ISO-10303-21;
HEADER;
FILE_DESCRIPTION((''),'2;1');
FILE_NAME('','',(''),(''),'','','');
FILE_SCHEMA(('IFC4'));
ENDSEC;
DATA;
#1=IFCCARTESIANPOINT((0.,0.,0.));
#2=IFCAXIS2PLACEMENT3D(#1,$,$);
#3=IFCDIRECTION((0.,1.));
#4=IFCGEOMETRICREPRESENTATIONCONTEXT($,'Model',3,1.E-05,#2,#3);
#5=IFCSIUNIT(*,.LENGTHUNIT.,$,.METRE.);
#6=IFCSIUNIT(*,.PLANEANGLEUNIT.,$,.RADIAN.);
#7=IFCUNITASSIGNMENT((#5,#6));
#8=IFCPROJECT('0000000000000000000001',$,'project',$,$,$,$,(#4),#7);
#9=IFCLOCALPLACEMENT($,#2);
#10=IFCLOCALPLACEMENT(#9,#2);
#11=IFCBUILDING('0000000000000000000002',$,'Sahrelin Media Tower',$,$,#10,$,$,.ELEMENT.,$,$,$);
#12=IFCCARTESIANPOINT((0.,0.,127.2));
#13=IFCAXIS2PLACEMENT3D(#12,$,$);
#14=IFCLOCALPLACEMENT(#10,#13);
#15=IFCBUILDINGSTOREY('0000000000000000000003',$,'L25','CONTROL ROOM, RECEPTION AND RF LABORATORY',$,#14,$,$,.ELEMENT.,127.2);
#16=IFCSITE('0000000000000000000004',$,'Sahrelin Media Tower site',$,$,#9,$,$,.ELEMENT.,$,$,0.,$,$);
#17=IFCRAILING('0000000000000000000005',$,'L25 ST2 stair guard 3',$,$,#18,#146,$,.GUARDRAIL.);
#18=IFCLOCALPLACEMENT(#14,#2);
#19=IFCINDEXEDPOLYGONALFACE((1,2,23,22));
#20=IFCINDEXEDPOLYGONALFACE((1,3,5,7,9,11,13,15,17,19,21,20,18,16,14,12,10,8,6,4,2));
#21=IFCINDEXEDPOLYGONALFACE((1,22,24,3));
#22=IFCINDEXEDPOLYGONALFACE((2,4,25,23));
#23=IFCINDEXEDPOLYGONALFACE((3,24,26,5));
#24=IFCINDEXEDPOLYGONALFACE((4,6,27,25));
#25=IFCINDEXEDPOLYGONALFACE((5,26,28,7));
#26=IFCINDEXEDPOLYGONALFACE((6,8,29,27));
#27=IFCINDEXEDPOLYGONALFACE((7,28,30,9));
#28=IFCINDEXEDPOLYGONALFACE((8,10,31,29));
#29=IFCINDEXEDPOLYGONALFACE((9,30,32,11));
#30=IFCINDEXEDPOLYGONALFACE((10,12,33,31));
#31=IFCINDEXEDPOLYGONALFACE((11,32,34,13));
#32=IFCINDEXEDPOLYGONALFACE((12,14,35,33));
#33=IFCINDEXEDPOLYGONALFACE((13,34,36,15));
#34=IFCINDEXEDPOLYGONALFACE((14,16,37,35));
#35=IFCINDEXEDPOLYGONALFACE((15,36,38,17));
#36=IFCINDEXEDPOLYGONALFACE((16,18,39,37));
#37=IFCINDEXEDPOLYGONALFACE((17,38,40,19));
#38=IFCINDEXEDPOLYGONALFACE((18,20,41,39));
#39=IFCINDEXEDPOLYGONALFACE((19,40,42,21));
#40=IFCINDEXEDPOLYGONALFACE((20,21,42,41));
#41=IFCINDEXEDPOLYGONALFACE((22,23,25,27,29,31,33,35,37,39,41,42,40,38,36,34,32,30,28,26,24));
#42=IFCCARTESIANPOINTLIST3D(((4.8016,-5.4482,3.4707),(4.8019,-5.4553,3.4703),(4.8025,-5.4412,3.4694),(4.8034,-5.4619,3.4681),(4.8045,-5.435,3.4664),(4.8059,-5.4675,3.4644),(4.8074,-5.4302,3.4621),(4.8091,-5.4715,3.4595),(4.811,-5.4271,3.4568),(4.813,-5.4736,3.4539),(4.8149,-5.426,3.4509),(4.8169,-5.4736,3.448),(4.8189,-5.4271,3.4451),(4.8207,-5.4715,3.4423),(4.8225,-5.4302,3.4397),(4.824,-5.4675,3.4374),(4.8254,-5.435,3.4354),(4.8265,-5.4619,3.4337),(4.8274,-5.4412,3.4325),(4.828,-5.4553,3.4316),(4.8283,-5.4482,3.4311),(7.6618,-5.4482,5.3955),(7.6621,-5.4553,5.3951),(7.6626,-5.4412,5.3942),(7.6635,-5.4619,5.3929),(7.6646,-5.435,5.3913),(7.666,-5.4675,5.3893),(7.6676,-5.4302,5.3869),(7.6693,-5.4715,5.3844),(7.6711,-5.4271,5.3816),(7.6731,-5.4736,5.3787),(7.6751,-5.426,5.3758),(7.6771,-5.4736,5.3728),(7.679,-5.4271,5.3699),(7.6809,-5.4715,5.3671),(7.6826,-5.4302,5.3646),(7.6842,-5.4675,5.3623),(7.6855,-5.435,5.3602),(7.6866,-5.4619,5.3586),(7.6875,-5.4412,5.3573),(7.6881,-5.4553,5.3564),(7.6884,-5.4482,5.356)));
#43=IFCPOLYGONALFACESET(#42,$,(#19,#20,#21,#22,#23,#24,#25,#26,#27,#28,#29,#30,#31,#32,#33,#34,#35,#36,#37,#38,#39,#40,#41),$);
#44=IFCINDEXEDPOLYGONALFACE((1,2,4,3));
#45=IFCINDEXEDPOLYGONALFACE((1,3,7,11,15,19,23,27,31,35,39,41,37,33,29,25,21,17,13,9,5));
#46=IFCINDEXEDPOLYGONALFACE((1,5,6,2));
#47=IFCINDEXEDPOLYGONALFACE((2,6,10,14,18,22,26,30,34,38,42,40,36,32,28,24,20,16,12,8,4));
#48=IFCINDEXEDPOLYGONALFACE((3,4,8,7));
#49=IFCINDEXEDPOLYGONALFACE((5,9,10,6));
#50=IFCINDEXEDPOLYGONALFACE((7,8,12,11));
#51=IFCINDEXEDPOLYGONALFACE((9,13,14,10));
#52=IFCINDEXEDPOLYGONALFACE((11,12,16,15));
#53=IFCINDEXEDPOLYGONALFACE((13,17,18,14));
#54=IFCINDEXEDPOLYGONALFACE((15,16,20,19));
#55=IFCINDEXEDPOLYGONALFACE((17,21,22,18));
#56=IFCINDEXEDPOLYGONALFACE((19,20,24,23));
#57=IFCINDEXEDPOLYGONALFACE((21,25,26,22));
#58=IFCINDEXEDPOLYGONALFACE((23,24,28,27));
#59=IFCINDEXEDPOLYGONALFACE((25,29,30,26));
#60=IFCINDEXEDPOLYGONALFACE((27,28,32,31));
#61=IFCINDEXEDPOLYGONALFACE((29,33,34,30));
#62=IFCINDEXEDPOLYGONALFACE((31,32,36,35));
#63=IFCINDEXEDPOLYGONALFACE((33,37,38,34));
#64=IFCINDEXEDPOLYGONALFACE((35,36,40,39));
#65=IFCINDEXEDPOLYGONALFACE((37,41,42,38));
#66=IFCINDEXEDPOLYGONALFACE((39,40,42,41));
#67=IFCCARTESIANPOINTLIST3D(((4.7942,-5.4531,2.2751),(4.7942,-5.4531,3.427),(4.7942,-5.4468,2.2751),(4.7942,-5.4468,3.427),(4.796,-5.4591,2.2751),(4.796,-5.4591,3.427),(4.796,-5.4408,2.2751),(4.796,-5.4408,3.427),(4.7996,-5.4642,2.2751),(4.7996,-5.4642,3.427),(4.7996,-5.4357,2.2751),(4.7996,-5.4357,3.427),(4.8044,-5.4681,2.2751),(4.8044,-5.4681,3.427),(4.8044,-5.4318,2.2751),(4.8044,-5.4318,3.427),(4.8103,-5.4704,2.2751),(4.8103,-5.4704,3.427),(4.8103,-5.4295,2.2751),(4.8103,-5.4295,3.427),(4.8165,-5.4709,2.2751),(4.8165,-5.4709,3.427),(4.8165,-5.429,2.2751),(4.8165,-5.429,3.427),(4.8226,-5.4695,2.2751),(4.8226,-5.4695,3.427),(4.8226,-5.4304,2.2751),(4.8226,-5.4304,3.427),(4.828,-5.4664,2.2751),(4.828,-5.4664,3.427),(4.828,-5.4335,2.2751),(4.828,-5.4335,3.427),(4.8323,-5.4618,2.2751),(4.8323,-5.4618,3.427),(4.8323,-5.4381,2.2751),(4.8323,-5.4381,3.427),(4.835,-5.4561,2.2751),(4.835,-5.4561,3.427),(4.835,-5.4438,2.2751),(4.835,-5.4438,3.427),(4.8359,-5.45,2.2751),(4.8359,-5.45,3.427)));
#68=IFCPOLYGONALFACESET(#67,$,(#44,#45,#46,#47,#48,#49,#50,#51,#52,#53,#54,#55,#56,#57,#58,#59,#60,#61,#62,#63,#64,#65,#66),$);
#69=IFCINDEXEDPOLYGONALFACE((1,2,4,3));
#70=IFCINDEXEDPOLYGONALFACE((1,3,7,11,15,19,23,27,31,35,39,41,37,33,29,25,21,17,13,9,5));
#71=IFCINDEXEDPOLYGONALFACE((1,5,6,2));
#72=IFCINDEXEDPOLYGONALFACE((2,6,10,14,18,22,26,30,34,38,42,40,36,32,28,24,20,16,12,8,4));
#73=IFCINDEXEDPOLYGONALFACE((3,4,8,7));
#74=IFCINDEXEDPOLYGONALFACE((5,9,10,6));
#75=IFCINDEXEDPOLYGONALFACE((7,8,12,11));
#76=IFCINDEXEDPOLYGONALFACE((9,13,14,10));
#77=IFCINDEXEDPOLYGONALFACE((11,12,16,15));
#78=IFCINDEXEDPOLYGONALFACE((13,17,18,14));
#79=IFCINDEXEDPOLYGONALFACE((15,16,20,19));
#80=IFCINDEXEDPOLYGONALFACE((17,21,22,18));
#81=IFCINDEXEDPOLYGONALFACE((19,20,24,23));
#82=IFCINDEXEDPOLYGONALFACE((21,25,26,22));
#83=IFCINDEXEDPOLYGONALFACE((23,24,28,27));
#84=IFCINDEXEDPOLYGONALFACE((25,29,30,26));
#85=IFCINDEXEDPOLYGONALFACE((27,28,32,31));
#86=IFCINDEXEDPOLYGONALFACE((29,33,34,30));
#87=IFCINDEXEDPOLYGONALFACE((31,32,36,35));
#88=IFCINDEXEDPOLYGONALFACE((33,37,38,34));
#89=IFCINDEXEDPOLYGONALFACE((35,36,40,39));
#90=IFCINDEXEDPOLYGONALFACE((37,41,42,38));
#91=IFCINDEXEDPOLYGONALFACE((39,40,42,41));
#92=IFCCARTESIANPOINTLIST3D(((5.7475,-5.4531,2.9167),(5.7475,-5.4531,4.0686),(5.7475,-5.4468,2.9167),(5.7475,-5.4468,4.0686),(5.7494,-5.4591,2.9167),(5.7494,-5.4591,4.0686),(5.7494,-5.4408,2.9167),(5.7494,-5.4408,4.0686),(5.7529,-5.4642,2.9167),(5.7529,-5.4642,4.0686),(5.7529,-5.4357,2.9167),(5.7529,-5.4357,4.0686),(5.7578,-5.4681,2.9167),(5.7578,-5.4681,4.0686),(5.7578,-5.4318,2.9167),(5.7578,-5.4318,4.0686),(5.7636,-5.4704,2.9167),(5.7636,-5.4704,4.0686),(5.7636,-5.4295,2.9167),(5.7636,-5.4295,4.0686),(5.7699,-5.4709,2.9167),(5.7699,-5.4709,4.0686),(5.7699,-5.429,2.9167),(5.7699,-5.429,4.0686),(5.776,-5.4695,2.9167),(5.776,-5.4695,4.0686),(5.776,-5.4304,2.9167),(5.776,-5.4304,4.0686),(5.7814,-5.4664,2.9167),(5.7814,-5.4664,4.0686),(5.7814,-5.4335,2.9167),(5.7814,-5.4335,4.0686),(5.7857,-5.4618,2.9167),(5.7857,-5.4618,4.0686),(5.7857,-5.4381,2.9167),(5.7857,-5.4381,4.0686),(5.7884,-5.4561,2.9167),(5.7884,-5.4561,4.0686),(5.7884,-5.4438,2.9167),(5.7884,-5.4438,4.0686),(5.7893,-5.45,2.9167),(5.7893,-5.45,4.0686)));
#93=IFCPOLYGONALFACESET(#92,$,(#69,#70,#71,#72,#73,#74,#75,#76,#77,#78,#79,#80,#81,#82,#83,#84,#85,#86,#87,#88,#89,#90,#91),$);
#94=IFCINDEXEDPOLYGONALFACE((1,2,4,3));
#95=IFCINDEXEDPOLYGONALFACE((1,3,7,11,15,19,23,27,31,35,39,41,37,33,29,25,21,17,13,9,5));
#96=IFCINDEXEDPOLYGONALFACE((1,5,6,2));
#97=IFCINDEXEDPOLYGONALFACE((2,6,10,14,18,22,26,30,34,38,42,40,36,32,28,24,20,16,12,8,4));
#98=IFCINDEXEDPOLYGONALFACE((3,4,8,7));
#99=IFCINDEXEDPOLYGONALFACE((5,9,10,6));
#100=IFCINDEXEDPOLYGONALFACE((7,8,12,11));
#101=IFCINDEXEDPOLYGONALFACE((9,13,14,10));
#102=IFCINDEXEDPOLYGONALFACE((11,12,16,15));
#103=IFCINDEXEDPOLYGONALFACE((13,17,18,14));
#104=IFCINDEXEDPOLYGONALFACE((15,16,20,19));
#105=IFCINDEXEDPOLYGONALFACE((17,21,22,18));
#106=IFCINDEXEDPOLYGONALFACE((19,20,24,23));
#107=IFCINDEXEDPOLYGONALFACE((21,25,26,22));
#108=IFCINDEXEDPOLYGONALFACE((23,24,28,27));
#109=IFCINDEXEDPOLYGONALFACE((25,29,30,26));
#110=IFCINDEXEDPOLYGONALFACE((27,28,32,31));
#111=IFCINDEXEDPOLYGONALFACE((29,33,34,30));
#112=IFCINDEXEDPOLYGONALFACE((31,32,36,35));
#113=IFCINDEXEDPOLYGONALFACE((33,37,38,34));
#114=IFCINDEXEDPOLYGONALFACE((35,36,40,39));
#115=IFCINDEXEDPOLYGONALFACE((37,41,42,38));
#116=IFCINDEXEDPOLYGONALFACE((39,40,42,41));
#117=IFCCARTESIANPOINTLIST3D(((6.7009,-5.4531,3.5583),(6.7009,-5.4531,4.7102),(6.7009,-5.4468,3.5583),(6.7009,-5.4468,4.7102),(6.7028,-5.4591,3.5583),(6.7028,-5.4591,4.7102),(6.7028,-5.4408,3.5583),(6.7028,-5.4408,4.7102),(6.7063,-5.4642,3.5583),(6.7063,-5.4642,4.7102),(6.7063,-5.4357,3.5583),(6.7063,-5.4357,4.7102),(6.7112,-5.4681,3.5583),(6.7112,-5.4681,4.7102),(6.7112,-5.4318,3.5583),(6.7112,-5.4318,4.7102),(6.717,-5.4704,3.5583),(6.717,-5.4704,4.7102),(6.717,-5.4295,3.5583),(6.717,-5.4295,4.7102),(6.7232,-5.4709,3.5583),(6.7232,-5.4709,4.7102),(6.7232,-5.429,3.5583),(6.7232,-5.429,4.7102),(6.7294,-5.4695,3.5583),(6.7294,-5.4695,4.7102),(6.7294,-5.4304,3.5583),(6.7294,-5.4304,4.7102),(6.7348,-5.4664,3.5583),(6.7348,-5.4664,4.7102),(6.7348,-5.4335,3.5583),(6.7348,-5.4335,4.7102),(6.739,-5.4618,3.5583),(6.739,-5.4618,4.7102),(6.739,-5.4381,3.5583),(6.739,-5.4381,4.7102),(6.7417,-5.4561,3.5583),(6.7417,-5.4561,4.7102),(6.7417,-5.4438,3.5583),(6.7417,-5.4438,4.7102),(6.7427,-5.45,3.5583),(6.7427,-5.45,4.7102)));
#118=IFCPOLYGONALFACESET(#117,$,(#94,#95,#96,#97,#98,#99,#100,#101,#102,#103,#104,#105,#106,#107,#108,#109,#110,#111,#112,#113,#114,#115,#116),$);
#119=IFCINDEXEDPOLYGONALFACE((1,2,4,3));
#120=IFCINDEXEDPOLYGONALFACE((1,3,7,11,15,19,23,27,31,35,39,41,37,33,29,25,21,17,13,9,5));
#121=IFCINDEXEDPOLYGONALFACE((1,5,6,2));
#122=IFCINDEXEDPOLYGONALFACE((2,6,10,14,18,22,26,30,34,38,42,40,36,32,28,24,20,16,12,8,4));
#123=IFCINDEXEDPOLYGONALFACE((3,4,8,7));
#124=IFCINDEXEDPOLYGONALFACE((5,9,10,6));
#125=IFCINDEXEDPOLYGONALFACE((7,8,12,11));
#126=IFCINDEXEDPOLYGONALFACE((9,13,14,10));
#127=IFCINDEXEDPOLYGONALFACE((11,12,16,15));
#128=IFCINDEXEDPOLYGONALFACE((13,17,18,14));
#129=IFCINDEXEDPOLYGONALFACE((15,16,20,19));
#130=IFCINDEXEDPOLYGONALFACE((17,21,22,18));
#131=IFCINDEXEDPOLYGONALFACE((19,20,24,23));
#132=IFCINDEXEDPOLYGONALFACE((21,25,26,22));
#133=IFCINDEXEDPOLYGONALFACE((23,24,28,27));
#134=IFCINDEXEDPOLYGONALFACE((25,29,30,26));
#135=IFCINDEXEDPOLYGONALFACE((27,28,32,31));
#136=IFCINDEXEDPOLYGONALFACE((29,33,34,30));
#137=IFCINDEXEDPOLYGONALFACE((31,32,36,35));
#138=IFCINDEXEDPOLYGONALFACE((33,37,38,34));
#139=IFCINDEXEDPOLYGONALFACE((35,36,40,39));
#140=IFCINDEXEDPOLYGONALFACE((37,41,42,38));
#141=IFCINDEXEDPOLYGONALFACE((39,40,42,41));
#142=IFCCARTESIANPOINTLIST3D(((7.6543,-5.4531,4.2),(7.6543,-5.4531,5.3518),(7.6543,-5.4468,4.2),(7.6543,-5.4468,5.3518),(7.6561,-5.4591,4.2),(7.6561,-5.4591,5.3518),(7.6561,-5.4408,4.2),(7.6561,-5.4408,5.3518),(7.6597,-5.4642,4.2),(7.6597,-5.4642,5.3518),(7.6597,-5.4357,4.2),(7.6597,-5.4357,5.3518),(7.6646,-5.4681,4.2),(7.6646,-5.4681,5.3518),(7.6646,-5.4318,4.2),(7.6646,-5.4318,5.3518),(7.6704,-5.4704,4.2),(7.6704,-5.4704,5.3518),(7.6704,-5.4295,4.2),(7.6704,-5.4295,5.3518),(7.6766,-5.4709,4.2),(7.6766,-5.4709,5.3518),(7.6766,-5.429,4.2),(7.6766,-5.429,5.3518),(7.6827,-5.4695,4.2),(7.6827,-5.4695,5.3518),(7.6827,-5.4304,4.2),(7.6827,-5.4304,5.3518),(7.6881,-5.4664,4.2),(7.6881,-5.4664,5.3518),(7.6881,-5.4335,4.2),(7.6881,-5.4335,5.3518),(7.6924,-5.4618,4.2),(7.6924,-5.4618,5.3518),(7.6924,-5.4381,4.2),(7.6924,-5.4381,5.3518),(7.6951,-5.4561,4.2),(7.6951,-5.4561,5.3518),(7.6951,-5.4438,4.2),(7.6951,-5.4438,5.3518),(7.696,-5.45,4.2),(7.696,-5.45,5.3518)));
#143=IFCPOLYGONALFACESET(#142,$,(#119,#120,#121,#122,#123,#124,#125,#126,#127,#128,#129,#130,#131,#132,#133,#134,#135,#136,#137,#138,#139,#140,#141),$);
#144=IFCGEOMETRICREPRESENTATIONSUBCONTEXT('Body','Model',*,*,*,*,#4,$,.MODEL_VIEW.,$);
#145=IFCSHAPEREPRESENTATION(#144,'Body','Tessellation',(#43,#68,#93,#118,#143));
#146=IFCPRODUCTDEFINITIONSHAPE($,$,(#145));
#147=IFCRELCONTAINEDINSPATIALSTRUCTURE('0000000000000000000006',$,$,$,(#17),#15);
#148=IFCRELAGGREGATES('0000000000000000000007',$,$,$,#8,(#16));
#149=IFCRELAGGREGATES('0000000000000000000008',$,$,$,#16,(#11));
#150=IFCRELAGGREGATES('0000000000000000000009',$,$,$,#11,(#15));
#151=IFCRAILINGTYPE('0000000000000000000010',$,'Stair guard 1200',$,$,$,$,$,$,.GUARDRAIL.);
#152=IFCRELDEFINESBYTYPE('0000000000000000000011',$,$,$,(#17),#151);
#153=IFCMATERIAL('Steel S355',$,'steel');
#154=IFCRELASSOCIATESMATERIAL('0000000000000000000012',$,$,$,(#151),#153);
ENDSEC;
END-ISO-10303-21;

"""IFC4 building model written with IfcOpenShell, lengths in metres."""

from ifc_helpers import new_model, si_unit, direction, frame, origin, origin_2d, place, context, subcontext, project, spatial, circle, extrude, material, type_object, element, save


model = new_model("IFC4")

# Units and contexts
model_context = context("Model", 3, precision=1e-05, world=origin(), true_north=direction((0.0, 1.0)))
body_context = subcontext(model_context, "Body", "Model", "MODEL_VIEW")
ifc_project = project(units=[si_unit("LENGTHUNIT", "METRE"), si_unit("PLANEANGLEUNIT", "RADIAN")], contexts=[model_context])

# Site, building, storey
site_placement = place(None, origin())
site = spatial("IfcSite", under=ifc_project, at=site_placement, Name="Sahrelin Media Tower site", CompositionType="ELEMENT", RefElevation=0.0)
building_placement = place(site_placement, origin())
building = spatial("IfcBuilding", under=site, at=building_placement, Name="Sahrelin Media Tower", CompositionType="ELEMENT")
storey_placement = place(building_placement, frame((0.0, 0.0, 127.2)))
storey = spatial("IfcBuildingStorey", under=building, at=storey_placement, Name="L25", Description="CONTROL ROOM, RECEPTION AND RF LABORATORY", CompositionType="ELEMENT", Elevation=127.2)

# Shared definitions
ifc_material_1 = material(Name="Steel S355", Category="steel")

# Railing
railing_type_1 = type_object("IfcRailingType", Name="Stair guard 1200", PredefinedType="GUARDRAIL", material=ifc_material_1)
railing_1_placement = place(storey_placement, frame((4.8149, -5.45, 2.2751)))
element("IfcRailing", 1, at=railing_1_placement, inside=storey, type_object=railing_type_1, Name="L25 ST2 stair guard 3", PredefinedType="GUARDRAIL", context=body_context, shape_type="SweptSolid", body=[
    extrude(circle(Radius=0.0239, at=origin_2d()), frame((0.0, 0.0, 1.1758), z_axis=(0.829624, 0.0, 0.558323), x_axis=(0.0, 1.0, 0.0)), (0.0, 0.0, 1.0), 3.4475),
    extrude(circle(Radius=0.021, at=origin_2d()), origin(), (0.0, 0.0, 1.0), 1.1519),
    extrude(circle(Radius=0.021, at=origin_2d()), frame((0.9534, 0.0, 0.6416)), (0.0, 0.0, 1.0), 1.1519),
    extrude(circle(Radius=0.021, at=origin_2d()), frame((1.9067, 0.0, 1.2832)), (0.0, 0.0, 1.0), 1.1519),
    extrude(circle(Radius=0.021, at=origin_2d()), frame((2.8601, 0.0, 1.9248)), (0.0, 0.0, 1.0), 1.1519),
])

save(model, "model.ifc")
